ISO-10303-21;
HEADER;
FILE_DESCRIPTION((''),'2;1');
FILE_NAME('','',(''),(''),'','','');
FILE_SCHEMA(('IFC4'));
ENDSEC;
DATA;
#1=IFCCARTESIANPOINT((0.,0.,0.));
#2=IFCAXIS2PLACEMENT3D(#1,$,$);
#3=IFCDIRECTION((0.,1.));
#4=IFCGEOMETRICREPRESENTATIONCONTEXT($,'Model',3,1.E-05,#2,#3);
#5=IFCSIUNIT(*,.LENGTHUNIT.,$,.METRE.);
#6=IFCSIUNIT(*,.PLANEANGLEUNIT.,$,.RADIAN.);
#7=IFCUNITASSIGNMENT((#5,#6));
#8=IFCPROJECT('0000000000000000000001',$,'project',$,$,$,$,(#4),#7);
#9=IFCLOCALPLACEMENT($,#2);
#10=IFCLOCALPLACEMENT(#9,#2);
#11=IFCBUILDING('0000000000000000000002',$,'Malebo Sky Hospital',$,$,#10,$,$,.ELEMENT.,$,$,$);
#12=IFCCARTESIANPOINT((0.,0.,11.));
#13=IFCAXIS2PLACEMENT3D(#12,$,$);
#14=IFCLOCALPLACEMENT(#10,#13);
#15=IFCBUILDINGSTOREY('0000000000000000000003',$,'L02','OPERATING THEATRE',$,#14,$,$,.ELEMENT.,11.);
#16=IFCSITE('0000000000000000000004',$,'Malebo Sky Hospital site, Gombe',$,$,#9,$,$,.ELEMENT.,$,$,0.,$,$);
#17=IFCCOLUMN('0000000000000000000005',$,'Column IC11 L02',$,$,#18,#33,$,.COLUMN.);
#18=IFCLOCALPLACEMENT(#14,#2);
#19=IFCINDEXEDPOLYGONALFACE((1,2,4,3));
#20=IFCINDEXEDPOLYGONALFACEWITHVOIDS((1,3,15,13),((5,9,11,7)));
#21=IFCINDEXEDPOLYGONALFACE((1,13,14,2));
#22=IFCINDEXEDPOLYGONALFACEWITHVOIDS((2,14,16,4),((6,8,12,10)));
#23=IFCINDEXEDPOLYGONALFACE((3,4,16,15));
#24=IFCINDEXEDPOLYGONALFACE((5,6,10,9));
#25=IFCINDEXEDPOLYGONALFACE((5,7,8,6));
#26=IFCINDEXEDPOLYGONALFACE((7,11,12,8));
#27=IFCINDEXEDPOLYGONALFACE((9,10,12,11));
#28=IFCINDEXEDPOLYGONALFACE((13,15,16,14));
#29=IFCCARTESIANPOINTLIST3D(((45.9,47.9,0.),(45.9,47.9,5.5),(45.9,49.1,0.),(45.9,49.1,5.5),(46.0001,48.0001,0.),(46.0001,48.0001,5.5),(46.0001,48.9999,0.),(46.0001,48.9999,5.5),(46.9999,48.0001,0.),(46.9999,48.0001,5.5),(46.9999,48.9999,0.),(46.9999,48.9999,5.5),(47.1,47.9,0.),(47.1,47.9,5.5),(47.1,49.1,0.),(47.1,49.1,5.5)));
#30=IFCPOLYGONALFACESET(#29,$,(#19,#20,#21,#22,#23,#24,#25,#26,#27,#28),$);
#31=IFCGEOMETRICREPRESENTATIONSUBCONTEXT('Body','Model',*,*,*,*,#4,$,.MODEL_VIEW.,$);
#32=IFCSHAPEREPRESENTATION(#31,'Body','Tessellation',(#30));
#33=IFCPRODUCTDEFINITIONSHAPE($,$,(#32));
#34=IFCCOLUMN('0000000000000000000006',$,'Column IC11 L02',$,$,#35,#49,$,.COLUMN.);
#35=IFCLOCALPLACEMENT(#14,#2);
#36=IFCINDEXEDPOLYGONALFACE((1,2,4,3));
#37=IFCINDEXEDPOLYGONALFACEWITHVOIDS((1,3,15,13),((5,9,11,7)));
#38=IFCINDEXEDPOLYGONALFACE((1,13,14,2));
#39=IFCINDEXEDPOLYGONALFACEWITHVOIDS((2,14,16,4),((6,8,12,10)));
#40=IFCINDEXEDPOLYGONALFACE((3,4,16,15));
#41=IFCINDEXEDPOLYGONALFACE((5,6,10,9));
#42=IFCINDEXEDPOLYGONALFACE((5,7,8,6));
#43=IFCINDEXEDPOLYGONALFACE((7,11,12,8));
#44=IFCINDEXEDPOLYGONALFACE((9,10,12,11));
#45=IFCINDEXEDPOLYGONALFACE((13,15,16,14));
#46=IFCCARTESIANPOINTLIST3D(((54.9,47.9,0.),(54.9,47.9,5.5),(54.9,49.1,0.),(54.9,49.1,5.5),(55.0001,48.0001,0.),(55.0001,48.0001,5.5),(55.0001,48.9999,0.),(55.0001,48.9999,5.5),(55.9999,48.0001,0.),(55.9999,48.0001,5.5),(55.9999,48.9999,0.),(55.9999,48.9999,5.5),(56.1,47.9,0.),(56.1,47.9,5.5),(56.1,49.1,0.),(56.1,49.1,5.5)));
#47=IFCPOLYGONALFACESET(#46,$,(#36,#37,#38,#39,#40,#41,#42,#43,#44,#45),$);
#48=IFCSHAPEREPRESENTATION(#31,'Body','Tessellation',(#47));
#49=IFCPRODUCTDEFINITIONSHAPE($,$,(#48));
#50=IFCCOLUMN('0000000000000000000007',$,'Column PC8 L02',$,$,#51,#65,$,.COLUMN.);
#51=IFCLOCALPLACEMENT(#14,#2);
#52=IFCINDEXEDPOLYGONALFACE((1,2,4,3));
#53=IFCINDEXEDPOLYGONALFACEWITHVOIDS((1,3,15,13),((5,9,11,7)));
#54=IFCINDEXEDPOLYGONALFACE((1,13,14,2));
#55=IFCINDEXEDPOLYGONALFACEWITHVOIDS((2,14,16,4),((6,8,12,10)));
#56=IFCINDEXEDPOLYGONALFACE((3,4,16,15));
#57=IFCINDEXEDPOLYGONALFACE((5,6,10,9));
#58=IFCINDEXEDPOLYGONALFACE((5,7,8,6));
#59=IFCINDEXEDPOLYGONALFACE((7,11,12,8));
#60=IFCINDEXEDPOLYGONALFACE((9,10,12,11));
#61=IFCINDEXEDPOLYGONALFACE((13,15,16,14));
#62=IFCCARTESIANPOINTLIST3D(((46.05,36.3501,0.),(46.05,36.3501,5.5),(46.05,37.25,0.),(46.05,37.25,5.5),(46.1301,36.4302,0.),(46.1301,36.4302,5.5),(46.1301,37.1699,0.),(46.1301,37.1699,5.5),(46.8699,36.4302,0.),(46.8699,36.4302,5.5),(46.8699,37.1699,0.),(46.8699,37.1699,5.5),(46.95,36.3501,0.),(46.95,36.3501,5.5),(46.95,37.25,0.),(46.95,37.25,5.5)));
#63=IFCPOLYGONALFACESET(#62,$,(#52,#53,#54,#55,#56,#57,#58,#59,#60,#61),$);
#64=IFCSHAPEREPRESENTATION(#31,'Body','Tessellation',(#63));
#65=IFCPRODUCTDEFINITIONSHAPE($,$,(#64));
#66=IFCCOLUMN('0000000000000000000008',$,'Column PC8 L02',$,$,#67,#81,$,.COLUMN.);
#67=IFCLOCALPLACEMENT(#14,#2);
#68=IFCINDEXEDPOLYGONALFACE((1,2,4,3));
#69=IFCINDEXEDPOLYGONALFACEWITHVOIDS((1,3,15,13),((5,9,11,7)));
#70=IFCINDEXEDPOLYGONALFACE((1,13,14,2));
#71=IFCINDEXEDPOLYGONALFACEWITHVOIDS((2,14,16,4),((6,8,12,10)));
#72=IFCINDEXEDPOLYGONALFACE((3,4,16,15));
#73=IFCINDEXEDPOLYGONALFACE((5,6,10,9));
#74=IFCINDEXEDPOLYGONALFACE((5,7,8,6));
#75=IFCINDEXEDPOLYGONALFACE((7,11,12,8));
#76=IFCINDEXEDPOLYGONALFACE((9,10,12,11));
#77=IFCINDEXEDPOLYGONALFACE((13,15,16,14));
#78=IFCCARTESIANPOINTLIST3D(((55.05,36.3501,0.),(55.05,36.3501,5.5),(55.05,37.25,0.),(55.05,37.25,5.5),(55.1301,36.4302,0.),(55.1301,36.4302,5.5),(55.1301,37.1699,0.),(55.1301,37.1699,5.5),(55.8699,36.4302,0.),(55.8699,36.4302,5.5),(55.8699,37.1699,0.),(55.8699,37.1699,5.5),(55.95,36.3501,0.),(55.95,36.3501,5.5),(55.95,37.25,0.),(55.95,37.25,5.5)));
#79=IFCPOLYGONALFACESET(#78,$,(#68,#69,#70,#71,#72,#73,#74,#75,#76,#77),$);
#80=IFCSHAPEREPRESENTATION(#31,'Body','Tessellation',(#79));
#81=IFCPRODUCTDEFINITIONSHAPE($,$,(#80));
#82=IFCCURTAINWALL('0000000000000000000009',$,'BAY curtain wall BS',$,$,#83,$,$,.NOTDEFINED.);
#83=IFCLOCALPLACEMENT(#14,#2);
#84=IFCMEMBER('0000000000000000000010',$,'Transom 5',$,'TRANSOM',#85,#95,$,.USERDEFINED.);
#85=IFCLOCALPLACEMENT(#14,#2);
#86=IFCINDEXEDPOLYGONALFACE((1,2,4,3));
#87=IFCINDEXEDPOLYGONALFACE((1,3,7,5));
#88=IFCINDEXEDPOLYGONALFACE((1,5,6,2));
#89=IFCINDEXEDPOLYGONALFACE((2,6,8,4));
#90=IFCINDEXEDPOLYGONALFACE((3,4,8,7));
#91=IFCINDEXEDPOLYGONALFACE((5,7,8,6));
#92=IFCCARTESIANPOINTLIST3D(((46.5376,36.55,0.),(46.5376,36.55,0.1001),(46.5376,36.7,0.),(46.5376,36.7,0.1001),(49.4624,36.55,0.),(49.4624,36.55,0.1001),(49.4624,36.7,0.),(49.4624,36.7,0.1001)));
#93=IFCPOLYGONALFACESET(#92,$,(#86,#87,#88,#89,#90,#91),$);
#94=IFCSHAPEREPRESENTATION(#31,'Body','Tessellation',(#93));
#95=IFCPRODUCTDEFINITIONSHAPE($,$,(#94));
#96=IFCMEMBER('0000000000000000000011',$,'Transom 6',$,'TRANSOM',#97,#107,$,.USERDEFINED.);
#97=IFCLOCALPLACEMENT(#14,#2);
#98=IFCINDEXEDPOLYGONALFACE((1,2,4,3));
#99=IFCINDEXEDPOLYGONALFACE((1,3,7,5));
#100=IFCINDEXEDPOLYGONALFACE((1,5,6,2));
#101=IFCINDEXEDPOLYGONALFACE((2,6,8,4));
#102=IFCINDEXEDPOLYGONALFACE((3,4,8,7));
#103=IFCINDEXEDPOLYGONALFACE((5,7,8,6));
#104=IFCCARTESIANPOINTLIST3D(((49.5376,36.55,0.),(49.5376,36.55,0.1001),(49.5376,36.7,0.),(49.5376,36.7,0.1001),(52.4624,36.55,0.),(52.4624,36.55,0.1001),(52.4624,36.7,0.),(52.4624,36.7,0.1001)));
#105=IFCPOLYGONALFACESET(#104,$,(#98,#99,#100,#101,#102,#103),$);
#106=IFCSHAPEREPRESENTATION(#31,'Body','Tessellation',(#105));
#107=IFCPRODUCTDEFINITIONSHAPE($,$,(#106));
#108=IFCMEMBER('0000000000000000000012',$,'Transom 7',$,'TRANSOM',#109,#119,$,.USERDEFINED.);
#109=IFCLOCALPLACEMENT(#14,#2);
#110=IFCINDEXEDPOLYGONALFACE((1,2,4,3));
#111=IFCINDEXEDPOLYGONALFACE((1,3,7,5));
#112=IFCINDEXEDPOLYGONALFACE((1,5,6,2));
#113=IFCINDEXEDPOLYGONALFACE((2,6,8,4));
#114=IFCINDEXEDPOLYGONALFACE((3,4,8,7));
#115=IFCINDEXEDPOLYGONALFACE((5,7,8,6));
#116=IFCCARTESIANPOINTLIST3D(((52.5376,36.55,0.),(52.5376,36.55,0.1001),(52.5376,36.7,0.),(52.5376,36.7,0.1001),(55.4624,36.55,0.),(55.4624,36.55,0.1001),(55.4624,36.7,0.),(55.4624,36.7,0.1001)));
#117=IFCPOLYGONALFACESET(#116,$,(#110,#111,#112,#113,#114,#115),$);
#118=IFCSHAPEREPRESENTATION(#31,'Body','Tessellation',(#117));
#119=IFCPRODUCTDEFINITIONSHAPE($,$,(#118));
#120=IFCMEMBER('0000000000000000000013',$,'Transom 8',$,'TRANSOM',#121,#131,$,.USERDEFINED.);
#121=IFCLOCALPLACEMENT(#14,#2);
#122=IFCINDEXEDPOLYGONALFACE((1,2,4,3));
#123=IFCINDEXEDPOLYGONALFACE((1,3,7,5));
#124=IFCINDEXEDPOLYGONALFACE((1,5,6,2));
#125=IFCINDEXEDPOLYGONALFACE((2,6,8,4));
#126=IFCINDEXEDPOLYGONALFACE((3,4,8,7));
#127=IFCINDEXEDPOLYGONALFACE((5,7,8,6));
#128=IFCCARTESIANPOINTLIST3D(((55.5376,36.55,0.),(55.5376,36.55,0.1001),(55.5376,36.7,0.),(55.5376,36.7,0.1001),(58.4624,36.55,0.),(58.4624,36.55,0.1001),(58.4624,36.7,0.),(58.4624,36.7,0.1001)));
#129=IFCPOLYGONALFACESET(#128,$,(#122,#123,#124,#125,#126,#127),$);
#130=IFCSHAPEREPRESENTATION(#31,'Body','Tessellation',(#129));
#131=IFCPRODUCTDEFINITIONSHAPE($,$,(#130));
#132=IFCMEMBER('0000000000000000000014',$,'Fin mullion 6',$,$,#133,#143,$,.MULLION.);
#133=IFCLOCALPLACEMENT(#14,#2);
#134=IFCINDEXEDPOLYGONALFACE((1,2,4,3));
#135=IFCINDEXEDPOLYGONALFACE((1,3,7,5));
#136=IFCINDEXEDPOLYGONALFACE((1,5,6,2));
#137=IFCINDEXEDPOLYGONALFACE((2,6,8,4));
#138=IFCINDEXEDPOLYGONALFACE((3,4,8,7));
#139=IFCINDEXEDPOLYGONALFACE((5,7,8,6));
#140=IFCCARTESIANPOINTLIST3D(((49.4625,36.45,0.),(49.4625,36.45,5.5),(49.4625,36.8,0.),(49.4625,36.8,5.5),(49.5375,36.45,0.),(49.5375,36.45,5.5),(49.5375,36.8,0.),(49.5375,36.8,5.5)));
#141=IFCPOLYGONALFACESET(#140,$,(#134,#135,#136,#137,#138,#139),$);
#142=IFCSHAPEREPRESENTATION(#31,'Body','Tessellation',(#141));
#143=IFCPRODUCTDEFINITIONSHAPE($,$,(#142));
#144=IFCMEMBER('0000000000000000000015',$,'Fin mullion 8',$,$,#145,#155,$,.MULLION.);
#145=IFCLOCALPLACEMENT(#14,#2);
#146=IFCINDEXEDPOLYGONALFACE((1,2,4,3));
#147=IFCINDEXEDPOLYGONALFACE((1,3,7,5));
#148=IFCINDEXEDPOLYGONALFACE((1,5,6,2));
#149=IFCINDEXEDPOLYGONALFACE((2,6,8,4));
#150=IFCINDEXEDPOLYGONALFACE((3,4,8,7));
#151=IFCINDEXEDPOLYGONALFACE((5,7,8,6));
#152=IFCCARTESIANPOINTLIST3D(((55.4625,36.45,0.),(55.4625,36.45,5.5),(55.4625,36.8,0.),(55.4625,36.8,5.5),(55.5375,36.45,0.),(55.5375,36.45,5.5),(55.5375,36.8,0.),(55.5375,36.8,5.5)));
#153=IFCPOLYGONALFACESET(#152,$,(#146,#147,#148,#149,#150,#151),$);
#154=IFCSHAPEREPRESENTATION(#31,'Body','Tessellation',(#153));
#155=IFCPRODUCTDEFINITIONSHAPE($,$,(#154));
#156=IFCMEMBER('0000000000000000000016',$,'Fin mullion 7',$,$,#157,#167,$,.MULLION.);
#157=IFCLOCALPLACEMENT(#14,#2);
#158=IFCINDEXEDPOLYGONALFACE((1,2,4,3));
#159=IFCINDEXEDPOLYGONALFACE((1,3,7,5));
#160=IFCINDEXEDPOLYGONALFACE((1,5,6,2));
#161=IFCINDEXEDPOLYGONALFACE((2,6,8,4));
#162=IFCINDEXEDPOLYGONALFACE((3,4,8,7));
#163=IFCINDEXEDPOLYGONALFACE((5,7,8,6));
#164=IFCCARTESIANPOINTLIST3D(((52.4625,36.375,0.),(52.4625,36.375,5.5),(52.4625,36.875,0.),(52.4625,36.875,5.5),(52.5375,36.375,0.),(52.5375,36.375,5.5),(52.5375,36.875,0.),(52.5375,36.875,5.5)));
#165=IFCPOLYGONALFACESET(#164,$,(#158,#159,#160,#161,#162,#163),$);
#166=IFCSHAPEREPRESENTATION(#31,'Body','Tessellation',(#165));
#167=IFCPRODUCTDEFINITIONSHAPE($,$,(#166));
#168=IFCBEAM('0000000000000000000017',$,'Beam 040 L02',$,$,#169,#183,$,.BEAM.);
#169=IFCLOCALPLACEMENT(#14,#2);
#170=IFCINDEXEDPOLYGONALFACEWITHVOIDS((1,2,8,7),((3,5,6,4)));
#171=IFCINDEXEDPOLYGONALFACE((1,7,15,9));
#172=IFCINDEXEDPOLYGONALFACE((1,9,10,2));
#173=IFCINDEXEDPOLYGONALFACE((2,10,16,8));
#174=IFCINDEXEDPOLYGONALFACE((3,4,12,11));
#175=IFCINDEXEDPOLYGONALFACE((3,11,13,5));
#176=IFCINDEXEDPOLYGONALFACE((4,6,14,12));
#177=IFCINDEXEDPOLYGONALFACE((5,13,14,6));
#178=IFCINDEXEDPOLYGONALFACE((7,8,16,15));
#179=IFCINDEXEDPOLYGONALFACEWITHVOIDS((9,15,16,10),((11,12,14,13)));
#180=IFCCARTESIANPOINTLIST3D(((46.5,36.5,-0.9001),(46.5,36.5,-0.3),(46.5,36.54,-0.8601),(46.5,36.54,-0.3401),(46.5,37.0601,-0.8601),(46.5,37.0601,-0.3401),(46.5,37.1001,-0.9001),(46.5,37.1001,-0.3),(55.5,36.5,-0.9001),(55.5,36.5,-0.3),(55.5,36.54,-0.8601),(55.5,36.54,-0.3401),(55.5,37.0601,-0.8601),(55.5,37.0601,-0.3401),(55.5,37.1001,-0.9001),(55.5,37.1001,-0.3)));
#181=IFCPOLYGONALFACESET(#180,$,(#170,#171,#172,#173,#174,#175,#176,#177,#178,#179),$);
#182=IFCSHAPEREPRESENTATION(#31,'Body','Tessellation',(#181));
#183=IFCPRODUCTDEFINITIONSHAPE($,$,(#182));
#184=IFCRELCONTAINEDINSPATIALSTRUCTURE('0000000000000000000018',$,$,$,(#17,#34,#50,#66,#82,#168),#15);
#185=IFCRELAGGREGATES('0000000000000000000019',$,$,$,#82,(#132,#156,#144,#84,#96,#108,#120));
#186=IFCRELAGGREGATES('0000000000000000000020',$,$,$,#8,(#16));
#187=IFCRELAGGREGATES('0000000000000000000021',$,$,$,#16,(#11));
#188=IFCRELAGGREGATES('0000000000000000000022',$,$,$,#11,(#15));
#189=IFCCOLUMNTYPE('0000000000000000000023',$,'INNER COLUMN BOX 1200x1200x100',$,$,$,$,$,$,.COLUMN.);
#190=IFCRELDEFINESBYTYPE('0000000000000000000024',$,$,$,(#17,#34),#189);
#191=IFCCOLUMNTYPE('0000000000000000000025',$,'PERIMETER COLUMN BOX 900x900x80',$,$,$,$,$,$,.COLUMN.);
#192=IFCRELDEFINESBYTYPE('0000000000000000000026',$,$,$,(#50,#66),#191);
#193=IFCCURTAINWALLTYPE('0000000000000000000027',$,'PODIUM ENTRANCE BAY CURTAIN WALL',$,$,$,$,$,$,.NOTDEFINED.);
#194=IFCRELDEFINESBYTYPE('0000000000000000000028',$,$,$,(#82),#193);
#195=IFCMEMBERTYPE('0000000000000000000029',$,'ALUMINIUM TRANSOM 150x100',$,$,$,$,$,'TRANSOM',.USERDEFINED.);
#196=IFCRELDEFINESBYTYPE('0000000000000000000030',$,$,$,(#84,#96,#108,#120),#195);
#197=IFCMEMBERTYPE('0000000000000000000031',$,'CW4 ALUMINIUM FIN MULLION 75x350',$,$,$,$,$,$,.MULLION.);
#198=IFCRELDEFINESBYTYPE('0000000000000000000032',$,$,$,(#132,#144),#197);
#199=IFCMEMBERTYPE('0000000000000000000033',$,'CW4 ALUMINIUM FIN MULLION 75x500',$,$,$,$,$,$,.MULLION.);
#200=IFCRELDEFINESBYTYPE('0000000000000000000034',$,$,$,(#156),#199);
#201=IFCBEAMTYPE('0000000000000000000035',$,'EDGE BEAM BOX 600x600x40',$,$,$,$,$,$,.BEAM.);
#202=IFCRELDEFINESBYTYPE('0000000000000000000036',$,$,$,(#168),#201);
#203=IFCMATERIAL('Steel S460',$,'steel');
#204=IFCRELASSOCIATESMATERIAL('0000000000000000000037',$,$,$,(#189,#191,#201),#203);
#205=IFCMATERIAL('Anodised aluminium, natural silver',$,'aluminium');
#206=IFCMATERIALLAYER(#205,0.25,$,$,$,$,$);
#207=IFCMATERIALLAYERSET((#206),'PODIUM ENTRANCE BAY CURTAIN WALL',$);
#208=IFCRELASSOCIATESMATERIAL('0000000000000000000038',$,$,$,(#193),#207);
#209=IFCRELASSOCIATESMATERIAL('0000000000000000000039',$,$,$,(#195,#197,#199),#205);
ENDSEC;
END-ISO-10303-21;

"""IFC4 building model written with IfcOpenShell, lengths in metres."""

from ifc_helpers import new_model, si_unit, direction, frame, origin, origin_2d, place, context, subcontext, project, spatial, rectangle, hollow_rectangle, extrude, material, layer, layer_set, material_profile, profile_set, type_object, element, aggregate, save


model = new_model("IFC4")

# Units and contexts
model_context = context("Model", 3, precision=1e-05, world=origin(), true_north=direction((0.0, 1.0)))
body_context = subcontext(model_context, "Body", "Model", "MODEL_VIEW")
ifc_project = project(units=[si_unit("LENGTHUNIT", "METRE"), si_unit("PLANEANGLEUNIT", "RADIAN")], contexts=[model_context])

# Site, building, storey
site_placement = place(None, origin())
site = spatial("IfcSite", under=ifc_project, at=site_placement, Name="Malebo Sky Hospital site, Gombe", CompositionType="ELEMENT", RefElevation=0.0)
building_placement = place(site_placement, origin())
building = spatial("IfcBuilding", under=site, at=building_placement, Name="Malebo Sky Hospital", CompositionType="ELEMENT")
storey_placement = place(building_placement, frame((0.0, 0.0, 11.0)))
storey = spatial("IfcBuildingStorey", under=building, at=storey_placement, Name="L02", Description="OPERATING THEATRE", CompositionType="ELEMENT", Elevation=11.0)

# Columns
ifc_material_1 = material(Name="Steel S460", Category="steel")
ifc_material_profile_1 = material_profile(ifc_material_1, hollow_rectangle(XDim=1.2, YDim=1.2, WallThickness=0.1001, at=origin_2d()), Name="BOX 1200x1200x100")
ifc_profile_set_1 = profile_set([ifc_material_profile_1], Name="Steel S460")
column_type_1 = type_object("IfcColumnType", Name="INNER COLUMN BOX 1200x1200x100", PredefinedType="COLUMN", material=ifc_profile_set_1)
for number, where, z_axis, x_axis, name in (
    (1, (46.5, 48.5, 0.0), (0.0, 0.0, 1.0), (1.0, 0.0, 0.0), "Column IC11 L02"),
    (2, (55.5, 48.5, 0.0), (0.0, 0.0, 1.0), (1.0, 0.0, 0.0), "Column IC11 L02"),
):
    element("IfcColumn", number, at=place(storey_placement, frame(where, z_axis=z_axis, x_axis=x_axis)), inside=storey, type_object=column_type_1, Name=name, PredefinedType="COLUMN", context=body_context, shape_type="SweptSolid", body=[
        extrude(hollow_rectangle(XDim=1.2, YDim=1.2, WallThickness=0.1001, at=origin_2d()), origin(), (0.0, 0.0, 1.0), 5.5),
    ])
ifc_material_profile_2 = material_profile(ifc_material_1, hollow_rectangle(XDim=0.8999, YDim=0.8999, WallThickness=0.0801, at=origin_2d()), Name="BOX 900x900x80")
ifc_profile_set_2 = profile_set([ifc_material_profile_2], Name="Steel S460")
column_type_2 = type_object("IfcColumnType", Name="PERIMETER COLUMN BOX 900x900x80", PredefinedType="COLUMN", material=ifc_profile_set_2)
for number, where, z_axis, x_axis, name in (
    (3, (46.5, 36.8, 0.0), (0.0, 0.0, 1.0), (1.0, 0.0, 0.0), "Column PC8 L02"),
    (4, (55.5, 36.8, 0.0), (0.0, 0.0, 1.0), (1.0, 0.0, 0.0), "Column PC8 L02"),
):
    element("IfcColumn", number, at=place(storey_placement, frame(where, z_axis=z_axis, x_axis=x_axis)), inside=storey, type_object=column_type_2, Name=name, PredefinedType="COLUMN", context=body_context, shape_type="SweptSolid", body=[
        extrude(hollow_rectangle(XDim=0.8999, YDim=0.8999, WallThickness=0.0801, at=origin_2d()), origin(), (0.0, 0.0, 1.0), 5.5),
    ])

# Curtain wall, members
ifc_material_2 = material(Name="Anodised aluminium, natural silver", Category="aluminium")
ifc_layer_1 = layer(ifc_material_2, 0.25)
ifc_layer_set_1 = layer_set([ifc_layer_1], Name="PODIUM ENTRANCE BAY CURTAIN WALL")
curtain_wall_type = type_object("IfcCurtainWallType", Name="PODIUM ENTRANCE BAY CURTAIN WALL", PredefinedType="NOTDEFINED", material=ifc_layer_set_1)
curtain_wall_placement = place(storey_placement, origin())
curtain_wall = element("IfcCurtainWall", 5, at=curtain_wall_placement, inside=storey, type_object=curtain_wall_type, Name="BAY curtain wall BS", PredefinedType="NOTDEFINED")
ifc_material_profile_3 = material_profile(ifc_material_2, rectangle(XDim=0.1499, YDim=0.1001, at=origin_2d()), Name="ALUMINIUM TRANSOM 150x100")
ifc_profile_set_3 = profile_set([ifc_material_profile_3], Name="Anodised aluminium, natural silver")
member_type_1 = type_object("IfcMemberType", Name="ALUMINIUM TRANSOM 150x100", ElementType="TRANSOM", PredefinedType="USERDEFINED", material=ifc_profile_set_3)
member_1_placement = place(storey_placement, frame((46.5376, 36.625, 0.05), z_axis=(1.0, 0.0, 0.0), x_axis=(0.0, 1.0, 0.0)))
member_1 = element("IfcMember", 6, at=member_1_placement, type_object=member_type_1, Name="Transom 5", ObjectType="TRANSOM", PredefinedType="USERDEFINED", context=body_context, shape_type="SweptSolid", body=[
    extrude(rectangle(XDim=0.1499, YDim=0.1001, at=origin_2d()), origin(), (0.0, 0.0, 1.0), 2.9248),
])
member_2_placement = place(storey_placement, frame((49.5376, 36.625, 0.05), z_axis=(1.0, 0.0, 0.0), x_axis=(0.0, 1.0, 0.0)))
member_2 = element("IfcMember", 7, at=member_2_placement, type_object=member_type_1, Name="Transom 6", ObjectType="TRANSOM", PredefinedType="USERDEFINED", context=body_context, shape_type="SweptSolid", body=[
    extrude(rectangle(XDim=0.1499, YDim=0.1001, at=origin_2d()), origin(), (0.0, 0.0, 1.0), 2.9248),
])
member_3_placement = place(storey_placement, frame((52.5376, 36.625, 0.05), z_axis=(1.0, 0.0, 0.0), x_axis=(0.0, 1.0, 0.0)))
member_3 = element("IfcMember", 8, at=member_3_placement, type_object=member_type_1, Name="Transom 7", ObjectType="TRANSOM", PredefinedType="USERDEFINED", context=body_context, shape_type="SweptSolid", body=[
    extrude(rectangle(XDim=0.1499, YDim=0.1001, at=origin_2d()), origin(), (0.0, 0.0, 1.0), 2.9248),
])
member_4_placement = place(storey_placement, frame((55.5376, 36.625, 0.05), z_axis=(1.0, 0.0, 0.0), x_axis=(0.0, 1.0, 0.0)))
member_4 = element("IfcMember", 9, at=member_4_placement, type_object=member_type_1, Name="Transom 8", ObjectType="TRANSOM", PredefinedType="USERDEFINED", context=body_context, shape_type="SweptSolid", body=[
    extrude(rectangle(XDim=0.1499, YDim=0.1001, at=origin_2d()), origin(), (0.0, 0.0, 1.0), 2.9248),
])
ifc_material_profile_4 = material_profile(ifc_material_2, rectangle(XDim=0.075, YDim=0.3501, at=origin_2d()), Name="CW4 ALUMINIUM FIN MULLION 75x350")
ifc_profile_set_4 = profile_set([ifc_material_profile_4], Name="Anodised aluminium, natural silver")
member_type_2 = type_object("IfcMemberType", Name="CW4 ALUMINIUM FIN MULLION 75x350", PredefinedType="MULLION", material=ifc_profile_set_4)
member_5_placement = place(storey_placement, frame((49.5, 36.625, 0.0), z_axis=(0.0, 0.0, 1.0), x_axis=(1.0, 0.0, 0.0)))
member_5 = element("IfcMember", 10, at=member_5_placement, type_object=member_type_2, Name="Fin mullion 6", PredefinedType="MULLION", context=body_context, shape_type="SweptSolid", body=[
    extrude(rectangle(XDim=0.075, YDim=0.3501, at=origin_2d()), origin(), (0.0, 0.0, 1.0), 5.5),
])
member_6_placement = place(storey_placement, frame((55.5, 36.625, 0.0), z_axis=(0.0, 0.0, 1.0), x_axis=(1.0, 0.0, 0.0)))
member_6 = element("IfcMember", 11, at=member_6_placement, type_object=member_type_2, Name="Fin mullion 8", PredefinedType="MULLION", context=body_context, shape_type="SweptSolid", body=[
    extrude(rectangle(XDim=0.075, YDim=0.3501, at=origin_2d()), origin(), (0.0, 0.0, 1.0), 5.5),
])
ifc_material_profile_5 = material_profile(ifc_material_2, rectangle(XDim=0.075, YDim=0.5, at=origin_2d()), Name="CW4 ALUMINIUM FIN MULLION 75x500")
ifc_profile_set_5 = profile_set([ifc_material_profile_5], Name="Anodised aluminium, natural silver")
member_type_3 = type_object("IfcMemberType", Name="CW4 ALUMINIUM FIN MULLION 75x500", PredefinedType="MULLION", material=ifc_profile_set_5)
member_7_placement = place(storey_placement, frame((52.5, 36.625, 0.0), z_axis=(0.0, 0.0, 1.0), x_axis=(1.0, 0.0, 0.0)))
member_7 = element("IfcMember", 12, at=member_7_placement, type_object=member_type_3, Name="Fin mullion 7", PredefinedType="MULLION", context=body_context, shape_type="SweptSolid", body=[
    extrude(rectangle(XDim=0.075, YDim=0.5, at=origin_2d()), origin(), (0.0, 0.0, 1.0), 5.5),
])

# Beam
ifc_material_profile_6 = material_profile(ifc_material_1, hollow_rectangle(XDim=0.6001, YDim=0.6001, WallThickness=0.04, at=origin_2d()), Name="BOX 600x600x40")
ifc_profile_set_6 = profile_set([ifc_material_profile_6], Name="Steel S460")
beam_type_1 = type_object("IfcBeamType", Name="EDGE BEAM BOX 600x600x40", PredefinedType="BEAM", material=ifc_profile_set_6)
for number, where, z_axis, x_axis, name in (
    (13, (46.5, 36.8, -0.6001), (1.0, 0.0, 0.0), (0.0, 1.0, 0.0), "Beam 040 L02"),
):
    element("IfcBeam", number, at=place(storey_placement, frame(where, z_axis=z_axis, x_axis=x_axis)), inside=storey, type_object=beam_type_1, Name=name, PredefinedType="BEAM", context=body_context, shape_type="SweptSolid", body=[
        extrude(hollow_rectangle(XDim=0.6001, YDim=0.6001, WallThickness=0.04, at=origin_2d()), origin(), (0.0, 0.0, 1.0), 9.0),
    ])

aggregate(curtain_wall, [member_5, member_7, member_6, member_1, member_2, member_3, member_4])

save(model, "model.ifc")
